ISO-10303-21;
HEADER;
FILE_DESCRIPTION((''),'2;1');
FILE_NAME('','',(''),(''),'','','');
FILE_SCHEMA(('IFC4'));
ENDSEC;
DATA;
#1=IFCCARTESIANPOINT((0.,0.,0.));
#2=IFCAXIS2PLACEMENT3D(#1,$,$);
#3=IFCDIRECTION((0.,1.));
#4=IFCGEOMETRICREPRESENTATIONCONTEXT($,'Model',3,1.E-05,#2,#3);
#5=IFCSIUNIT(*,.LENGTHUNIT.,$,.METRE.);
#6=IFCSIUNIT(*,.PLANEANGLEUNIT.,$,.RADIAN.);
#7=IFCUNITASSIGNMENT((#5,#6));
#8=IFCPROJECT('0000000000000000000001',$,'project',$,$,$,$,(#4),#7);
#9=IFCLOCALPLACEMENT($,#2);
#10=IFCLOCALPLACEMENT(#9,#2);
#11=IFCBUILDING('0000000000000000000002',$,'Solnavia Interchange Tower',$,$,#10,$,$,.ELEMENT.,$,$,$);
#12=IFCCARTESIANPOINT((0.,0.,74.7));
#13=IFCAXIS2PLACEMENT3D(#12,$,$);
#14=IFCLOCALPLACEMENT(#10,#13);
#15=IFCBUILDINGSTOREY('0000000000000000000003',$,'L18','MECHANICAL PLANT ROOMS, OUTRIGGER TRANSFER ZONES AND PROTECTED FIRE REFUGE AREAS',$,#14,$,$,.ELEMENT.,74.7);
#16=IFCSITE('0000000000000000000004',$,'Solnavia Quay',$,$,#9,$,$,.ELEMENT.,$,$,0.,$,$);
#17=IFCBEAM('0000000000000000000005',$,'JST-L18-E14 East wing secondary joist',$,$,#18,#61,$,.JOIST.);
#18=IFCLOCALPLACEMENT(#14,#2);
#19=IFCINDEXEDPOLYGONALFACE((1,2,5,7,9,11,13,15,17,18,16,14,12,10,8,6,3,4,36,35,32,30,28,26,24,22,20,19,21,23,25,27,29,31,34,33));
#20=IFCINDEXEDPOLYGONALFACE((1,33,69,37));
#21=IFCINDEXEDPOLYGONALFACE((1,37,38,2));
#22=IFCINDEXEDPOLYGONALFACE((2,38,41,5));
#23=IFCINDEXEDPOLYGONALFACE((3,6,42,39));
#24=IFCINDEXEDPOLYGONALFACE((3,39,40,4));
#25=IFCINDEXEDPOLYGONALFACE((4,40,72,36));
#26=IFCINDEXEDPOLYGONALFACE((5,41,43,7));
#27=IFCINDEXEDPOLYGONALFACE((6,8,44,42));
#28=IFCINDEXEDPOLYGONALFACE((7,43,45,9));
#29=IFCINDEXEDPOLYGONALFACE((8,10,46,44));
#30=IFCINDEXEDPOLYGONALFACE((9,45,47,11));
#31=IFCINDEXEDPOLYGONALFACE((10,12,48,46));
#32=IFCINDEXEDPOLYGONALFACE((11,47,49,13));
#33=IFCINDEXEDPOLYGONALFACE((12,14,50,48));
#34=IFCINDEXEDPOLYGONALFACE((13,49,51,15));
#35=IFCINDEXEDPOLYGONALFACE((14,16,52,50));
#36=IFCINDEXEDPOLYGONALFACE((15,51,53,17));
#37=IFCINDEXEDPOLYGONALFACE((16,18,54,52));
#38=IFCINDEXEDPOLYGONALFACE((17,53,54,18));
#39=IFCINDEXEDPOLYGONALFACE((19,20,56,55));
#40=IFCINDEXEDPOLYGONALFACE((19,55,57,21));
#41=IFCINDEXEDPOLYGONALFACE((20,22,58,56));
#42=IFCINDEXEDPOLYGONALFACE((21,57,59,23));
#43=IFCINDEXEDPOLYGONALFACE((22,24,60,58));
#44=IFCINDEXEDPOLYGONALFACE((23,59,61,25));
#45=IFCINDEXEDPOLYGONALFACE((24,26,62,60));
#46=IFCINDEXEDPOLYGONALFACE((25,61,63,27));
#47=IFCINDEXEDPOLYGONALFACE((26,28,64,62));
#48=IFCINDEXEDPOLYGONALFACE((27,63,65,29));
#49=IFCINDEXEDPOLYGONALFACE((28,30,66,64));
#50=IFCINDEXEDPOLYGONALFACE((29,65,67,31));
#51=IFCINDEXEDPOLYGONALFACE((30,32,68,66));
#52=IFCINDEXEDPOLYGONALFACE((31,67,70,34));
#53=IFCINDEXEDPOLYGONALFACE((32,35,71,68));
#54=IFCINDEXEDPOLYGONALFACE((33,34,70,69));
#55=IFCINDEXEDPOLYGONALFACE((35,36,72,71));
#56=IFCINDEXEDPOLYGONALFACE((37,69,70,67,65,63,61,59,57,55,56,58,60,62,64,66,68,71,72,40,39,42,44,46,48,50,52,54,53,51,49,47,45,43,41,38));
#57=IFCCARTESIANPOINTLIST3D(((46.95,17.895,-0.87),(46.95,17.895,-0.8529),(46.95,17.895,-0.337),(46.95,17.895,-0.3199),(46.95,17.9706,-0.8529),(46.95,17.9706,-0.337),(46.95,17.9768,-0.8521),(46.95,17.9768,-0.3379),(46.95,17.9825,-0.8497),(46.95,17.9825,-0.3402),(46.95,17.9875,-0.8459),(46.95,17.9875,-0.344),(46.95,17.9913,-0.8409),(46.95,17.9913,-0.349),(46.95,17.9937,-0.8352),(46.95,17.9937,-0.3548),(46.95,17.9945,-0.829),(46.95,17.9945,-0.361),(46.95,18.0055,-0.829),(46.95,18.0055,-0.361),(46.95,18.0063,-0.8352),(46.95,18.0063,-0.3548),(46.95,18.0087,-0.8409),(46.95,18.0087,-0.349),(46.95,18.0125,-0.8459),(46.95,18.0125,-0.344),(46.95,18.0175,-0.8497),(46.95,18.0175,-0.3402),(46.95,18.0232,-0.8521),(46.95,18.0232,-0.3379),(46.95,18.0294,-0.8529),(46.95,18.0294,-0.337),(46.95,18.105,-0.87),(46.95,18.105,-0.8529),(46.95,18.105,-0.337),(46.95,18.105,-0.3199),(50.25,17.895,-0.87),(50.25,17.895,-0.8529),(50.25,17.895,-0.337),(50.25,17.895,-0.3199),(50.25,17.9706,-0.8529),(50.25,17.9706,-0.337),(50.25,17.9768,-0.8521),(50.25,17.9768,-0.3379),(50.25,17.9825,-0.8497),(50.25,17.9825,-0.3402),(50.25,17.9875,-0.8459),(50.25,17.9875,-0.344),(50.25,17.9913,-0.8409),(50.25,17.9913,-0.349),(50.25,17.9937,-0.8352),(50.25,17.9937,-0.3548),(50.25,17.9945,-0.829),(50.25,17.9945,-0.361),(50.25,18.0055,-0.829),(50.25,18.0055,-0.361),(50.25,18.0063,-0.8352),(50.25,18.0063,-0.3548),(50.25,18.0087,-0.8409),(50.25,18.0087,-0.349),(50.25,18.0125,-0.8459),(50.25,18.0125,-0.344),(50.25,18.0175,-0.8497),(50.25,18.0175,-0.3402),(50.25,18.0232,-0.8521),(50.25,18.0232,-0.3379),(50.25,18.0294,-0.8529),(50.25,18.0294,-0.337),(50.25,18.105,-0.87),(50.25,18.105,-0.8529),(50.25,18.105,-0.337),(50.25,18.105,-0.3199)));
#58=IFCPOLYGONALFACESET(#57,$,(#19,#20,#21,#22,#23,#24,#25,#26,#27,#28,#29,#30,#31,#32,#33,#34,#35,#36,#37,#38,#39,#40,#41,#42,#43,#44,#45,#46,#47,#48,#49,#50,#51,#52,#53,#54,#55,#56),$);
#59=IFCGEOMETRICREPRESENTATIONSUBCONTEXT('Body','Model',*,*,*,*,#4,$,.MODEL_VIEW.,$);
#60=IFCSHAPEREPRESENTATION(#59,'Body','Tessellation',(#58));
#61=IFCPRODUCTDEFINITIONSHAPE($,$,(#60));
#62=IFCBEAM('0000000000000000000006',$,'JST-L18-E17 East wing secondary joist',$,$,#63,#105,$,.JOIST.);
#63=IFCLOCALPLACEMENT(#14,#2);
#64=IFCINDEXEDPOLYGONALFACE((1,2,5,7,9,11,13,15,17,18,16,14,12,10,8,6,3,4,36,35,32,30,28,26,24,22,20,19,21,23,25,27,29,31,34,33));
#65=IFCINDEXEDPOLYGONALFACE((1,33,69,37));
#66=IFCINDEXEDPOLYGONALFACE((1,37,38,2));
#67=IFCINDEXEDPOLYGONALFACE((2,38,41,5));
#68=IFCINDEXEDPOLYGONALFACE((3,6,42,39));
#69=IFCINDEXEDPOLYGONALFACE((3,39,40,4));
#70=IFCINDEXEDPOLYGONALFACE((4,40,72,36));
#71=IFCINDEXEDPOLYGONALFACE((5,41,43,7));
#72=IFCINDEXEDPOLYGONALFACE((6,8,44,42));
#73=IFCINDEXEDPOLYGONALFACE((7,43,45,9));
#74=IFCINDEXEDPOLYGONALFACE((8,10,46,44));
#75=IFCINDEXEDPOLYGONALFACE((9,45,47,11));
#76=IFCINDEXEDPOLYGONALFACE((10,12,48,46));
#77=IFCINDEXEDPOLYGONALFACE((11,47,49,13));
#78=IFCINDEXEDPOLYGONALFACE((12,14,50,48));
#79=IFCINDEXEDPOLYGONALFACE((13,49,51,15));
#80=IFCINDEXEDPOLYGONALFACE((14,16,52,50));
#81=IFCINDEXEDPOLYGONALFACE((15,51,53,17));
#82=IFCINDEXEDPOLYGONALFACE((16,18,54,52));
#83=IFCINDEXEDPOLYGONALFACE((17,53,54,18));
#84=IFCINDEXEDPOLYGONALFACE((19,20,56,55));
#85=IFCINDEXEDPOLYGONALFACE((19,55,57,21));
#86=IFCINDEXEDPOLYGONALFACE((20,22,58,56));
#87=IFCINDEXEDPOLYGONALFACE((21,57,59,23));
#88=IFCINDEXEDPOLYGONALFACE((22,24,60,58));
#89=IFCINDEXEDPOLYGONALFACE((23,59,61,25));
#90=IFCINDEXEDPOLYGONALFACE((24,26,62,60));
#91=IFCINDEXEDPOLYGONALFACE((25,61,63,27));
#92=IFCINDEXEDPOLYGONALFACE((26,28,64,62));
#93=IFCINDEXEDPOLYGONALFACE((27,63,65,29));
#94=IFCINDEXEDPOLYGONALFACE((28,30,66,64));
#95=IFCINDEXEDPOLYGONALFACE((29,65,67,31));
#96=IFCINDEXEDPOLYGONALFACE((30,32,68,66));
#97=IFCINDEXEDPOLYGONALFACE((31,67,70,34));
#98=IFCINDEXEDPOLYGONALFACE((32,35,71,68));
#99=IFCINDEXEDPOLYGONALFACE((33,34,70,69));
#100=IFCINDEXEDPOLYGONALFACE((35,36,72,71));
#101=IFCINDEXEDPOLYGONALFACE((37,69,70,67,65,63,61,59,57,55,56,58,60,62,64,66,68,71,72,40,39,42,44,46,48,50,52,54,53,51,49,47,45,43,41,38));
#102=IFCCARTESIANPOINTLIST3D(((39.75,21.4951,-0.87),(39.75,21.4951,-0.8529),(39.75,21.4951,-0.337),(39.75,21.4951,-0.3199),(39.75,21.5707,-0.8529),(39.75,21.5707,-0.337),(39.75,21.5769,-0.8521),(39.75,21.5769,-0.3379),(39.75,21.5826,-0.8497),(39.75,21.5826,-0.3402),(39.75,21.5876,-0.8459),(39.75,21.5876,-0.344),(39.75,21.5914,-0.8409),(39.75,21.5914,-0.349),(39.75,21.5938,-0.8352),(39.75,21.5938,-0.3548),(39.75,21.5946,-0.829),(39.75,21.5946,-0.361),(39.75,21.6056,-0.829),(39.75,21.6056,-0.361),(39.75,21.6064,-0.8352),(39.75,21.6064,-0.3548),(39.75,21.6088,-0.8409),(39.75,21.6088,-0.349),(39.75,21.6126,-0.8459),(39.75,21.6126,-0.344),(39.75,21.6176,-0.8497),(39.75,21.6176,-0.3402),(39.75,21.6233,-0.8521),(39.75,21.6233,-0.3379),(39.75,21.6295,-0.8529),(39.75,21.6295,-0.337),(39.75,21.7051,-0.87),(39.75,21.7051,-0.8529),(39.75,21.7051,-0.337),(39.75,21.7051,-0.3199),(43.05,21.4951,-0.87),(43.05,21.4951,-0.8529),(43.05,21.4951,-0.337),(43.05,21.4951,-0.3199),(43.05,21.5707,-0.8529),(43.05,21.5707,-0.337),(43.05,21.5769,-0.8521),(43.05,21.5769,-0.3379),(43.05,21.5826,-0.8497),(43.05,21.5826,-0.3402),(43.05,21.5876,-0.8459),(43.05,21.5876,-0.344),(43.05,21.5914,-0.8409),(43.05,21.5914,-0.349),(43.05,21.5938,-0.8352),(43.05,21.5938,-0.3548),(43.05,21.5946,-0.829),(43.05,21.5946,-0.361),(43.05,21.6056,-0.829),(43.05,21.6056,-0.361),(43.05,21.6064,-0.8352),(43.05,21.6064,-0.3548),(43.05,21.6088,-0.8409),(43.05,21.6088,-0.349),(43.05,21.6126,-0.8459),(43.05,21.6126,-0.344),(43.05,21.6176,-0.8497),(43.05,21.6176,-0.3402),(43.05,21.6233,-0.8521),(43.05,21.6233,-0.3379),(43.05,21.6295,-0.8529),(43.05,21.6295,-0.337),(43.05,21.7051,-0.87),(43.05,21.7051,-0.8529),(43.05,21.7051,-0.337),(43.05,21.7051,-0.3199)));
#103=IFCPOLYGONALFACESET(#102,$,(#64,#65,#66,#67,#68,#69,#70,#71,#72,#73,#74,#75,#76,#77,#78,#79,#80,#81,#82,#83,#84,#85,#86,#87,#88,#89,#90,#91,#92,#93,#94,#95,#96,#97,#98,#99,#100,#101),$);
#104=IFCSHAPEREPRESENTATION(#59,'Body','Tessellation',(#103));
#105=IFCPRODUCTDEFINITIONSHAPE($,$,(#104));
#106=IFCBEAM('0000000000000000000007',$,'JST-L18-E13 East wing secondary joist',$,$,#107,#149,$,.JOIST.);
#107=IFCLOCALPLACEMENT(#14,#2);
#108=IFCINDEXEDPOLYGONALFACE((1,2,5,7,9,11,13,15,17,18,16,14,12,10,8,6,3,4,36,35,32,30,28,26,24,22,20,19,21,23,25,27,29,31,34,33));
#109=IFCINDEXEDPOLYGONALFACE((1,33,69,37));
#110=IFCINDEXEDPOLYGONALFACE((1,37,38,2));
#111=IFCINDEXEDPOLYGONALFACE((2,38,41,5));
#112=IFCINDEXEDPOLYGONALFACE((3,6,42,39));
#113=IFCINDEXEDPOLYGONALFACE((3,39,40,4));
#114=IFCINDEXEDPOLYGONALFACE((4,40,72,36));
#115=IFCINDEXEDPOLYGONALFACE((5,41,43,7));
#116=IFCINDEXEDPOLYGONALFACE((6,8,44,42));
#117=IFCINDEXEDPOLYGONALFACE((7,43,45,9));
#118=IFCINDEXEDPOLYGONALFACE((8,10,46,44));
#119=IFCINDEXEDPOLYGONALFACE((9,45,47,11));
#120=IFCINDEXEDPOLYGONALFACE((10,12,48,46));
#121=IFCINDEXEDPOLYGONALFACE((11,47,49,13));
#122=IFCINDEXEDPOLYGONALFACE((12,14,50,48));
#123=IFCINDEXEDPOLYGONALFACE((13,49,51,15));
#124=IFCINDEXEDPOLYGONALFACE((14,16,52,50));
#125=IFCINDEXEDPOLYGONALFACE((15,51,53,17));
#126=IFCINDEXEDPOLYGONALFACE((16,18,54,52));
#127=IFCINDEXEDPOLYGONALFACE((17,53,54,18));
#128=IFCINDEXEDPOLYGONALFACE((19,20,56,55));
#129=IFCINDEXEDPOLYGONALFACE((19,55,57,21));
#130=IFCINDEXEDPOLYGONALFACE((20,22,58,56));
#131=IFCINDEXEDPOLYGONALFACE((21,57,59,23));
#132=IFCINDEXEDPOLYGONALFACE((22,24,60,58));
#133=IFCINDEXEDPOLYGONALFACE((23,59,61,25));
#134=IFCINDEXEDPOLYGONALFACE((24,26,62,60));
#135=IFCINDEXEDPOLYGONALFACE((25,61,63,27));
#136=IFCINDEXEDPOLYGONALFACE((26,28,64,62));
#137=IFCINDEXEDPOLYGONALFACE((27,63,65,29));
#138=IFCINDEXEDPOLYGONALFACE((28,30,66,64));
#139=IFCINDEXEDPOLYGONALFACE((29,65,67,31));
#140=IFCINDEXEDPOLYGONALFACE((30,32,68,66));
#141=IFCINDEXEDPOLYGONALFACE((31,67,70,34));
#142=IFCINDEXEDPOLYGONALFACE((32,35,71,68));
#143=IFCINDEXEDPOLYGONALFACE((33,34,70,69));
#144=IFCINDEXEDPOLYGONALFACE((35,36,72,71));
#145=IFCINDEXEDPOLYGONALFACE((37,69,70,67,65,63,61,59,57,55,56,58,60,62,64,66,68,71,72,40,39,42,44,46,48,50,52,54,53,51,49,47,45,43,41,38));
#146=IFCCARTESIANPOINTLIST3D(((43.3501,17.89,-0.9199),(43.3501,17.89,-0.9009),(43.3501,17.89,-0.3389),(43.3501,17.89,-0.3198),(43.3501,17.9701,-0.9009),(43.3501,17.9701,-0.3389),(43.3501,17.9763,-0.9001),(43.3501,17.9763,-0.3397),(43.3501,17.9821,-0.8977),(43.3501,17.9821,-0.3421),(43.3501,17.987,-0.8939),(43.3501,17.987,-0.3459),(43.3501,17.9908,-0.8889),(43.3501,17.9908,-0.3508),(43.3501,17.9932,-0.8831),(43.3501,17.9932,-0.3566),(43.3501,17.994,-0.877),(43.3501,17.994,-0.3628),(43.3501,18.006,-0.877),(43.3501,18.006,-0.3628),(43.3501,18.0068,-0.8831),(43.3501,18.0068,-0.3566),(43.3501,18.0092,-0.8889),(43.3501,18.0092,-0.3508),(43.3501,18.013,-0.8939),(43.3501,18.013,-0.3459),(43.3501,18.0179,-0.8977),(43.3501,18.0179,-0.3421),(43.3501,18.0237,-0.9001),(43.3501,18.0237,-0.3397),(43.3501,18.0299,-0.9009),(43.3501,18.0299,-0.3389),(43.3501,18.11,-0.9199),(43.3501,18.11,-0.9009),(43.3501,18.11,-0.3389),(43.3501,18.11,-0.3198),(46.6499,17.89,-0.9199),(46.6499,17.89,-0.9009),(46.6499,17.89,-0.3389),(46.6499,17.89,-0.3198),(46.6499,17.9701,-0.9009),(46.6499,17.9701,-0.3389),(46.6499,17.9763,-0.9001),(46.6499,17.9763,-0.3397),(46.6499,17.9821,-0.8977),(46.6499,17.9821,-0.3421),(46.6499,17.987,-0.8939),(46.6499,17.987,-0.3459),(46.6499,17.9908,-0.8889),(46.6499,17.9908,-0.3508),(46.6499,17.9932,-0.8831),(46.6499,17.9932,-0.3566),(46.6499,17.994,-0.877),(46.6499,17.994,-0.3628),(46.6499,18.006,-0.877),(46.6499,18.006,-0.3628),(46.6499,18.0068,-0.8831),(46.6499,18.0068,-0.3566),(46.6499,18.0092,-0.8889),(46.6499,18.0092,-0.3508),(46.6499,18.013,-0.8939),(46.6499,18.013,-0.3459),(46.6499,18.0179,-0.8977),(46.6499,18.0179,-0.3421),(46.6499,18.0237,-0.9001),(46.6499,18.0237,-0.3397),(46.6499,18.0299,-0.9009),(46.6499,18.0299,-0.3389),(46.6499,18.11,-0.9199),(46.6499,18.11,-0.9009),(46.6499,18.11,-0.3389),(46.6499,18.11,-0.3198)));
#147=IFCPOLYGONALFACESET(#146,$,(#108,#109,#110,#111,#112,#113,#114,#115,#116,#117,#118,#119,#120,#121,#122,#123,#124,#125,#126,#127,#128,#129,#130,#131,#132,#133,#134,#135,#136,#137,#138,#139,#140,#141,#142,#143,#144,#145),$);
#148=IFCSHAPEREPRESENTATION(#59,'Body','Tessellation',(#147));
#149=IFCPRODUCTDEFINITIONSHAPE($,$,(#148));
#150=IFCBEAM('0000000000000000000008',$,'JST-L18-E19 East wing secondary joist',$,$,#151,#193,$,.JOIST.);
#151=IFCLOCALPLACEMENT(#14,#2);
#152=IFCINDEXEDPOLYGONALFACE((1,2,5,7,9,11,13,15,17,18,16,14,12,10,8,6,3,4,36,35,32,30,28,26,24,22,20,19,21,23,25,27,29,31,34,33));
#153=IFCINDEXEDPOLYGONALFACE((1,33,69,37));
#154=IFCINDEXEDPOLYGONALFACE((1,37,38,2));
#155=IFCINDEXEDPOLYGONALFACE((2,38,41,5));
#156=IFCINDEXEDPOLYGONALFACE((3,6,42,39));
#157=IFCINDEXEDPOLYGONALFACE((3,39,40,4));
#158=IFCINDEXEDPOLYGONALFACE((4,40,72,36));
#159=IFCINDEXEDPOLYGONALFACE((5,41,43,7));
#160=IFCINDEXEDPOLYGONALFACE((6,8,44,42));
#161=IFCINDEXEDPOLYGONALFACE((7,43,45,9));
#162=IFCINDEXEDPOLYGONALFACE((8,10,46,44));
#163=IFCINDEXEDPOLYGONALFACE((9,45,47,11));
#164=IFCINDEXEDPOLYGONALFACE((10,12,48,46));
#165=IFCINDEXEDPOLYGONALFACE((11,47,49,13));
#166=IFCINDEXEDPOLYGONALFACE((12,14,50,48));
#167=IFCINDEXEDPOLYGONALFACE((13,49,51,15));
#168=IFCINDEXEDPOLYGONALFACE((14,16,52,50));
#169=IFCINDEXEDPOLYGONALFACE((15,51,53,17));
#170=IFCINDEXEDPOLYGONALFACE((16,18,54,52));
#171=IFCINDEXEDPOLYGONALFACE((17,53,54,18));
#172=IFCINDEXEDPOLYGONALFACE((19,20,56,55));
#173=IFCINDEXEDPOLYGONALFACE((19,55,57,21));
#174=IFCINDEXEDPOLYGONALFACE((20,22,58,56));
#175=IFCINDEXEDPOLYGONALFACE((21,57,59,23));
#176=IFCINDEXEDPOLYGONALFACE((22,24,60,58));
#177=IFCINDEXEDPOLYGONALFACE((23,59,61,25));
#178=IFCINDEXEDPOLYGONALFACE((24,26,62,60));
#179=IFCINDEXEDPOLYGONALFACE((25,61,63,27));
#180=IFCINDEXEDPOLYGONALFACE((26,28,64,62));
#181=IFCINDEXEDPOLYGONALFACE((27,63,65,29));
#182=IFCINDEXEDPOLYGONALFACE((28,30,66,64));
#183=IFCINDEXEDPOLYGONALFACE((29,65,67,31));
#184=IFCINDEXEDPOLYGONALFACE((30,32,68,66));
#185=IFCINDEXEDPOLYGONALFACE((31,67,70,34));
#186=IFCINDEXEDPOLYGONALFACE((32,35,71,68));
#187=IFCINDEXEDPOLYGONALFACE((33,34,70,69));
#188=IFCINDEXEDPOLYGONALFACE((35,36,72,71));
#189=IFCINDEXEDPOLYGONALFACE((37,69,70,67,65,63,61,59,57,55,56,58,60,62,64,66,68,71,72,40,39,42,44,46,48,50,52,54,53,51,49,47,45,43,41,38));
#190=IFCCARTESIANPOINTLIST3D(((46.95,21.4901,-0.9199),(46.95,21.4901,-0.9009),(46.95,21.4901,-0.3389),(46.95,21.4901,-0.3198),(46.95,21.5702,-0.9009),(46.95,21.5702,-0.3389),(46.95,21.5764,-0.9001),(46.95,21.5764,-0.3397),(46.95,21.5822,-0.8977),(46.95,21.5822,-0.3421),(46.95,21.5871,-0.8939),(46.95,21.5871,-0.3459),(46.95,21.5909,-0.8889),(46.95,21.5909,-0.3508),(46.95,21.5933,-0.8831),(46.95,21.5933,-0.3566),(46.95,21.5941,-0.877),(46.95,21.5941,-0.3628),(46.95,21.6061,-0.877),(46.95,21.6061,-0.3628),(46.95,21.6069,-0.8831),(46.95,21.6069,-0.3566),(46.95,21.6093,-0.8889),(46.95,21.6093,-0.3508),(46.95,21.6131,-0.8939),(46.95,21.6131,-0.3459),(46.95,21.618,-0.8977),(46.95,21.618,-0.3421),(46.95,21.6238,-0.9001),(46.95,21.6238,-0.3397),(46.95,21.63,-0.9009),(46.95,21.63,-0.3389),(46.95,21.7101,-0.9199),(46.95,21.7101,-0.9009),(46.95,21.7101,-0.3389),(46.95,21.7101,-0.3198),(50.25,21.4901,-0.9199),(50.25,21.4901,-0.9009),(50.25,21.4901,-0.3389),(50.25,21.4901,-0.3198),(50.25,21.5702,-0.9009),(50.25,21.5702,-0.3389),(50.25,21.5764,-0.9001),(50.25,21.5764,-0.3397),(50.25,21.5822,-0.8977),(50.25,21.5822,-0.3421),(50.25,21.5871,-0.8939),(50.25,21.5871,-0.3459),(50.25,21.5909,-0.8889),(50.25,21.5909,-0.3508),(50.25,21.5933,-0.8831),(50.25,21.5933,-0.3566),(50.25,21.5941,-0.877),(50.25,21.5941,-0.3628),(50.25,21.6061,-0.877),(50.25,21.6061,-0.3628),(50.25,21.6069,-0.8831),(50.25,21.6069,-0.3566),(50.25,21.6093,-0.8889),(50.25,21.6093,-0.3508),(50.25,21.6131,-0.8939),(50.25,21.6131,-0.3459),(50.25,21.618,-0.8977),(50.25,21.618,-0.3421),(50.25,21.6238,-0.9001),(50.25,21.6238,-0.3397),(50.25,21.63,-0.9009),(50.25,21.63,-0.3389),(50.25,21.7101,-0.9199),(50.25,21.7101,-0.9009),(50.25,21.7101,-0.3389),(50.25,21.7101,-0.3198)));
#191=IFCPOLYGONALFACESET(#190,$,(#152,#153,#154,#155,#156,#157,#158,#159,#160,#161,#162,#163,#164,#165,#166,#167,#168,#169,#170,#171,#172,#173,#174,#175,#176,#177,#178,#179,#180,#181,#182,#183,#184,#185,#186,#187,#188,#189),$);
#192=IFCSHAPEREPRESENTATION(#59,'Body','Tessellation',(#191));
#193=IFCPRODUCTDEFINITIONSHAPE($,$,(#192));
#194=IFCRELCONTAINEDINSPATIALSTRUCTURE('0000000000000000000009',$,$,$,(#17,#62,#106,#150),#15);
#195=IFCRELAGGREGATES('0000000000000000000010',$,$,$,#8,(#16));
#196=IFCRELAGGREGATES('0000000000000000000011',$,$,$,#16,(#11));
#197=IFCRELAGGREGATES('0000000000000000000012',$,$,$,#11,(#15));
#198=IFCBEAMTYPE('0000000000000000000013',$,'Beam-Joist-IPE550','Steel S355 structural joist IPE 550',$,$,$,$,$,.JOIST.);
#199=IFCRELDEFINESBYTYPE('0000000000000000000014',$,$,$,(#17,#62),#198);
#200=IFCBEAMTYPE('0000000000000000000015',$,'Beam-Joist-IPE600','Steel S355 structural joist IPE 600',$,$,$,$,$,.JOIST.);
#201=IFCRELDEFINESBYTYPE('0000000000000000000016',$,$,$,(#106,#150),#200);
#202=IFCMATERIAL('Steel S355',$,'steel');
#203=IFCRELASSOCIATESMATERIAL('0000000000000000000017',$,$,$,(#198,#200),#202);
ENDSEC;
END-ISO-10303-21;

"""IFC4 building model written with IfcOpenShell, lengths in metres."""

from ifc_helpers import new_model, si_unit, direction, frame, origin, origin_2d, place, context, subcontext, project, spatial, i_section, extrude, material, material_profile, profile_set, type_object, element, save


model = new_model("IFC4")

# Units and contexts
model_context = context("Model", 3, precision=1e-05, world=origin(), true_north=direction((0.0, 1.0)))
body_context = subcontext(model_context, "Body", "Model", "MODEL_VIEW")
ifc_project = project(units=[si_unit("LENGTHUNIT", "METRE"), si_unit("PLANEANGLEUNIT", "RADIAN")], contexts=[model_context])

# Site, building, storey
site_placement = place(None, origin())
site = spatial("IfcSite", under=ifc_project, at=site_placement, Name="Solnavia Quay", CompositionType="ELEMENT", RefElevation=0.0)
building_placement = place(site_placement, origin())
building = spatial("IfcBuilding", under=site, at=building_placement, Name="Solnavia Interchange Tower", CompositionType="ELEMENT")
storey_placement = place(building_placement, frame((0.0, 0.0, 74.7)))
storey = spatial("IfcBuildingStorey", under=building, at=storey_placement, Name="L18", Description="MECHANICAL PLANT ROOMS, OUTRIGGER TRANSFER ZONES AND PROTECTED FIRE REFUGE AREAS", CompositionType="ELEMENT", Elevation=74.7)

# Shared definitions
ifc_material_1 = material(Name="Steel S355", Category="steel")

# Beams
ifc_material_profile_1 = material_profile(ifc_material_1, i_section(OverallWidth=0.21, OverallDepth=0.55, WebThickness=0.011, FlangeThickness=0.0171, FilletRadius=0.0239, at=origin_2d()), Name="IPE 550")
ifc_profile_set_1 = profile_set([ifc_material_profile_1], Name="Steel S355")
beam_type_1 = type_object("IfcBeamType", Name="Beam-Joist-IPE550", Description="Steel S355 structural joist IPE 550", PredefinedType="JOIST", material=ifc_profile_set_1)
for number, where, z_axis, x_axis, name in (
    (1, (46.95, 18.0, -0.595), (1.0, 0.0, 0.0), (0.0, 1.0, 0.0), "JST-L18-E14 East wing secondary joist"),
    (2, (39.75, 21.6001, -0.595), (1.0, 0.0, 0.0), (0.0, 1.0, 0.0), "JST-L18-E17 East wing secondary joist"),
):
    element("IfcBeam", number, at=place(storey_placement, frame(where, z_axis=z_axis, x_axis=x_axis)), inside=storey, type_object=beam_type_1, Name=name, PredefinedType="JOIST", context=body_context, shape_type="SweptSolid", body=[
        extrude(i_section(OverallWidth=0.21, OverallDepth=0.55, WebThickness=0.011, FlangeThickness=0.0171, FilletRadius=0.0239, at=origin_2d()), origin(), (0.0, 0.0, 1.0), 3.3),
    ])
ifc_material_profile_2 = material_profile(ifc_material_1, i_section(OverallWidth=0.22, OverallDepth=0.6001, WebThickness=0.012, FlangeThickness=0.019, FilletRadius=0.0239, at=origin_2d()), Name="IPE 600")
ifc_profile_set_2 = profile_set([ifc_material_profile_2], Name="Steel S355")
beam_type_2 = type_object("IfcBeamType", Name="Beam-Joist-IPE600", Description="Steel S355 structural joist IPE 600", PredefinedType="JOIST", material=ifc_profile_set_2)
beam_1_placement = place(storey_placement, frame((43.3501, 18.0, -0.6199), z_axis=(1.0, 0.0, 0.0), x_axis=(0.0, 1.0, 0.0)))
element("IfcBeam", 3, at=beam_1_placement, inside=storey, type_object=beam_type_2, Name="JST-L18-E13 East wing secondary joist", PredefinedType="JOIST", context=body_context, shape_type="SweptSolid", body=[
    extrude(i_section(OverallWidth=0.22, OverallDepth=0.6001, WebThickness=0.012, FlangeThickness=0.019, FilletRadius=0.0239, at=origin_2d()), origin(), (0.0, 0.0, 1.0), 3.2998),
])
beam_2_placement = place(storey_placement, frame((46.95, 21.6001, -0.6199), z_axis=(1.0, 0.0, 0.0), x_axis=(0.0, 1.0, 0.0)))
element("IfcBeam", 4, at=beam_2_placement, inside=storey, type_object=beam_type_2, Name="JST-L18-E19 East wing secondary joist", PredefinedType="JOIST", context=body_context, shape_type="SweptSolid", body=[
    extrude(i_section(OverallWidth=0.22, OverallDepth=0.6001, WebThickness=0.012, FlangeThickness=0.019, FilletRadius=0.0239, at=origin_2d()), origin(), (0.0, 0.0, 1.0), 3.3),
])

save(model, "model.ifc")
